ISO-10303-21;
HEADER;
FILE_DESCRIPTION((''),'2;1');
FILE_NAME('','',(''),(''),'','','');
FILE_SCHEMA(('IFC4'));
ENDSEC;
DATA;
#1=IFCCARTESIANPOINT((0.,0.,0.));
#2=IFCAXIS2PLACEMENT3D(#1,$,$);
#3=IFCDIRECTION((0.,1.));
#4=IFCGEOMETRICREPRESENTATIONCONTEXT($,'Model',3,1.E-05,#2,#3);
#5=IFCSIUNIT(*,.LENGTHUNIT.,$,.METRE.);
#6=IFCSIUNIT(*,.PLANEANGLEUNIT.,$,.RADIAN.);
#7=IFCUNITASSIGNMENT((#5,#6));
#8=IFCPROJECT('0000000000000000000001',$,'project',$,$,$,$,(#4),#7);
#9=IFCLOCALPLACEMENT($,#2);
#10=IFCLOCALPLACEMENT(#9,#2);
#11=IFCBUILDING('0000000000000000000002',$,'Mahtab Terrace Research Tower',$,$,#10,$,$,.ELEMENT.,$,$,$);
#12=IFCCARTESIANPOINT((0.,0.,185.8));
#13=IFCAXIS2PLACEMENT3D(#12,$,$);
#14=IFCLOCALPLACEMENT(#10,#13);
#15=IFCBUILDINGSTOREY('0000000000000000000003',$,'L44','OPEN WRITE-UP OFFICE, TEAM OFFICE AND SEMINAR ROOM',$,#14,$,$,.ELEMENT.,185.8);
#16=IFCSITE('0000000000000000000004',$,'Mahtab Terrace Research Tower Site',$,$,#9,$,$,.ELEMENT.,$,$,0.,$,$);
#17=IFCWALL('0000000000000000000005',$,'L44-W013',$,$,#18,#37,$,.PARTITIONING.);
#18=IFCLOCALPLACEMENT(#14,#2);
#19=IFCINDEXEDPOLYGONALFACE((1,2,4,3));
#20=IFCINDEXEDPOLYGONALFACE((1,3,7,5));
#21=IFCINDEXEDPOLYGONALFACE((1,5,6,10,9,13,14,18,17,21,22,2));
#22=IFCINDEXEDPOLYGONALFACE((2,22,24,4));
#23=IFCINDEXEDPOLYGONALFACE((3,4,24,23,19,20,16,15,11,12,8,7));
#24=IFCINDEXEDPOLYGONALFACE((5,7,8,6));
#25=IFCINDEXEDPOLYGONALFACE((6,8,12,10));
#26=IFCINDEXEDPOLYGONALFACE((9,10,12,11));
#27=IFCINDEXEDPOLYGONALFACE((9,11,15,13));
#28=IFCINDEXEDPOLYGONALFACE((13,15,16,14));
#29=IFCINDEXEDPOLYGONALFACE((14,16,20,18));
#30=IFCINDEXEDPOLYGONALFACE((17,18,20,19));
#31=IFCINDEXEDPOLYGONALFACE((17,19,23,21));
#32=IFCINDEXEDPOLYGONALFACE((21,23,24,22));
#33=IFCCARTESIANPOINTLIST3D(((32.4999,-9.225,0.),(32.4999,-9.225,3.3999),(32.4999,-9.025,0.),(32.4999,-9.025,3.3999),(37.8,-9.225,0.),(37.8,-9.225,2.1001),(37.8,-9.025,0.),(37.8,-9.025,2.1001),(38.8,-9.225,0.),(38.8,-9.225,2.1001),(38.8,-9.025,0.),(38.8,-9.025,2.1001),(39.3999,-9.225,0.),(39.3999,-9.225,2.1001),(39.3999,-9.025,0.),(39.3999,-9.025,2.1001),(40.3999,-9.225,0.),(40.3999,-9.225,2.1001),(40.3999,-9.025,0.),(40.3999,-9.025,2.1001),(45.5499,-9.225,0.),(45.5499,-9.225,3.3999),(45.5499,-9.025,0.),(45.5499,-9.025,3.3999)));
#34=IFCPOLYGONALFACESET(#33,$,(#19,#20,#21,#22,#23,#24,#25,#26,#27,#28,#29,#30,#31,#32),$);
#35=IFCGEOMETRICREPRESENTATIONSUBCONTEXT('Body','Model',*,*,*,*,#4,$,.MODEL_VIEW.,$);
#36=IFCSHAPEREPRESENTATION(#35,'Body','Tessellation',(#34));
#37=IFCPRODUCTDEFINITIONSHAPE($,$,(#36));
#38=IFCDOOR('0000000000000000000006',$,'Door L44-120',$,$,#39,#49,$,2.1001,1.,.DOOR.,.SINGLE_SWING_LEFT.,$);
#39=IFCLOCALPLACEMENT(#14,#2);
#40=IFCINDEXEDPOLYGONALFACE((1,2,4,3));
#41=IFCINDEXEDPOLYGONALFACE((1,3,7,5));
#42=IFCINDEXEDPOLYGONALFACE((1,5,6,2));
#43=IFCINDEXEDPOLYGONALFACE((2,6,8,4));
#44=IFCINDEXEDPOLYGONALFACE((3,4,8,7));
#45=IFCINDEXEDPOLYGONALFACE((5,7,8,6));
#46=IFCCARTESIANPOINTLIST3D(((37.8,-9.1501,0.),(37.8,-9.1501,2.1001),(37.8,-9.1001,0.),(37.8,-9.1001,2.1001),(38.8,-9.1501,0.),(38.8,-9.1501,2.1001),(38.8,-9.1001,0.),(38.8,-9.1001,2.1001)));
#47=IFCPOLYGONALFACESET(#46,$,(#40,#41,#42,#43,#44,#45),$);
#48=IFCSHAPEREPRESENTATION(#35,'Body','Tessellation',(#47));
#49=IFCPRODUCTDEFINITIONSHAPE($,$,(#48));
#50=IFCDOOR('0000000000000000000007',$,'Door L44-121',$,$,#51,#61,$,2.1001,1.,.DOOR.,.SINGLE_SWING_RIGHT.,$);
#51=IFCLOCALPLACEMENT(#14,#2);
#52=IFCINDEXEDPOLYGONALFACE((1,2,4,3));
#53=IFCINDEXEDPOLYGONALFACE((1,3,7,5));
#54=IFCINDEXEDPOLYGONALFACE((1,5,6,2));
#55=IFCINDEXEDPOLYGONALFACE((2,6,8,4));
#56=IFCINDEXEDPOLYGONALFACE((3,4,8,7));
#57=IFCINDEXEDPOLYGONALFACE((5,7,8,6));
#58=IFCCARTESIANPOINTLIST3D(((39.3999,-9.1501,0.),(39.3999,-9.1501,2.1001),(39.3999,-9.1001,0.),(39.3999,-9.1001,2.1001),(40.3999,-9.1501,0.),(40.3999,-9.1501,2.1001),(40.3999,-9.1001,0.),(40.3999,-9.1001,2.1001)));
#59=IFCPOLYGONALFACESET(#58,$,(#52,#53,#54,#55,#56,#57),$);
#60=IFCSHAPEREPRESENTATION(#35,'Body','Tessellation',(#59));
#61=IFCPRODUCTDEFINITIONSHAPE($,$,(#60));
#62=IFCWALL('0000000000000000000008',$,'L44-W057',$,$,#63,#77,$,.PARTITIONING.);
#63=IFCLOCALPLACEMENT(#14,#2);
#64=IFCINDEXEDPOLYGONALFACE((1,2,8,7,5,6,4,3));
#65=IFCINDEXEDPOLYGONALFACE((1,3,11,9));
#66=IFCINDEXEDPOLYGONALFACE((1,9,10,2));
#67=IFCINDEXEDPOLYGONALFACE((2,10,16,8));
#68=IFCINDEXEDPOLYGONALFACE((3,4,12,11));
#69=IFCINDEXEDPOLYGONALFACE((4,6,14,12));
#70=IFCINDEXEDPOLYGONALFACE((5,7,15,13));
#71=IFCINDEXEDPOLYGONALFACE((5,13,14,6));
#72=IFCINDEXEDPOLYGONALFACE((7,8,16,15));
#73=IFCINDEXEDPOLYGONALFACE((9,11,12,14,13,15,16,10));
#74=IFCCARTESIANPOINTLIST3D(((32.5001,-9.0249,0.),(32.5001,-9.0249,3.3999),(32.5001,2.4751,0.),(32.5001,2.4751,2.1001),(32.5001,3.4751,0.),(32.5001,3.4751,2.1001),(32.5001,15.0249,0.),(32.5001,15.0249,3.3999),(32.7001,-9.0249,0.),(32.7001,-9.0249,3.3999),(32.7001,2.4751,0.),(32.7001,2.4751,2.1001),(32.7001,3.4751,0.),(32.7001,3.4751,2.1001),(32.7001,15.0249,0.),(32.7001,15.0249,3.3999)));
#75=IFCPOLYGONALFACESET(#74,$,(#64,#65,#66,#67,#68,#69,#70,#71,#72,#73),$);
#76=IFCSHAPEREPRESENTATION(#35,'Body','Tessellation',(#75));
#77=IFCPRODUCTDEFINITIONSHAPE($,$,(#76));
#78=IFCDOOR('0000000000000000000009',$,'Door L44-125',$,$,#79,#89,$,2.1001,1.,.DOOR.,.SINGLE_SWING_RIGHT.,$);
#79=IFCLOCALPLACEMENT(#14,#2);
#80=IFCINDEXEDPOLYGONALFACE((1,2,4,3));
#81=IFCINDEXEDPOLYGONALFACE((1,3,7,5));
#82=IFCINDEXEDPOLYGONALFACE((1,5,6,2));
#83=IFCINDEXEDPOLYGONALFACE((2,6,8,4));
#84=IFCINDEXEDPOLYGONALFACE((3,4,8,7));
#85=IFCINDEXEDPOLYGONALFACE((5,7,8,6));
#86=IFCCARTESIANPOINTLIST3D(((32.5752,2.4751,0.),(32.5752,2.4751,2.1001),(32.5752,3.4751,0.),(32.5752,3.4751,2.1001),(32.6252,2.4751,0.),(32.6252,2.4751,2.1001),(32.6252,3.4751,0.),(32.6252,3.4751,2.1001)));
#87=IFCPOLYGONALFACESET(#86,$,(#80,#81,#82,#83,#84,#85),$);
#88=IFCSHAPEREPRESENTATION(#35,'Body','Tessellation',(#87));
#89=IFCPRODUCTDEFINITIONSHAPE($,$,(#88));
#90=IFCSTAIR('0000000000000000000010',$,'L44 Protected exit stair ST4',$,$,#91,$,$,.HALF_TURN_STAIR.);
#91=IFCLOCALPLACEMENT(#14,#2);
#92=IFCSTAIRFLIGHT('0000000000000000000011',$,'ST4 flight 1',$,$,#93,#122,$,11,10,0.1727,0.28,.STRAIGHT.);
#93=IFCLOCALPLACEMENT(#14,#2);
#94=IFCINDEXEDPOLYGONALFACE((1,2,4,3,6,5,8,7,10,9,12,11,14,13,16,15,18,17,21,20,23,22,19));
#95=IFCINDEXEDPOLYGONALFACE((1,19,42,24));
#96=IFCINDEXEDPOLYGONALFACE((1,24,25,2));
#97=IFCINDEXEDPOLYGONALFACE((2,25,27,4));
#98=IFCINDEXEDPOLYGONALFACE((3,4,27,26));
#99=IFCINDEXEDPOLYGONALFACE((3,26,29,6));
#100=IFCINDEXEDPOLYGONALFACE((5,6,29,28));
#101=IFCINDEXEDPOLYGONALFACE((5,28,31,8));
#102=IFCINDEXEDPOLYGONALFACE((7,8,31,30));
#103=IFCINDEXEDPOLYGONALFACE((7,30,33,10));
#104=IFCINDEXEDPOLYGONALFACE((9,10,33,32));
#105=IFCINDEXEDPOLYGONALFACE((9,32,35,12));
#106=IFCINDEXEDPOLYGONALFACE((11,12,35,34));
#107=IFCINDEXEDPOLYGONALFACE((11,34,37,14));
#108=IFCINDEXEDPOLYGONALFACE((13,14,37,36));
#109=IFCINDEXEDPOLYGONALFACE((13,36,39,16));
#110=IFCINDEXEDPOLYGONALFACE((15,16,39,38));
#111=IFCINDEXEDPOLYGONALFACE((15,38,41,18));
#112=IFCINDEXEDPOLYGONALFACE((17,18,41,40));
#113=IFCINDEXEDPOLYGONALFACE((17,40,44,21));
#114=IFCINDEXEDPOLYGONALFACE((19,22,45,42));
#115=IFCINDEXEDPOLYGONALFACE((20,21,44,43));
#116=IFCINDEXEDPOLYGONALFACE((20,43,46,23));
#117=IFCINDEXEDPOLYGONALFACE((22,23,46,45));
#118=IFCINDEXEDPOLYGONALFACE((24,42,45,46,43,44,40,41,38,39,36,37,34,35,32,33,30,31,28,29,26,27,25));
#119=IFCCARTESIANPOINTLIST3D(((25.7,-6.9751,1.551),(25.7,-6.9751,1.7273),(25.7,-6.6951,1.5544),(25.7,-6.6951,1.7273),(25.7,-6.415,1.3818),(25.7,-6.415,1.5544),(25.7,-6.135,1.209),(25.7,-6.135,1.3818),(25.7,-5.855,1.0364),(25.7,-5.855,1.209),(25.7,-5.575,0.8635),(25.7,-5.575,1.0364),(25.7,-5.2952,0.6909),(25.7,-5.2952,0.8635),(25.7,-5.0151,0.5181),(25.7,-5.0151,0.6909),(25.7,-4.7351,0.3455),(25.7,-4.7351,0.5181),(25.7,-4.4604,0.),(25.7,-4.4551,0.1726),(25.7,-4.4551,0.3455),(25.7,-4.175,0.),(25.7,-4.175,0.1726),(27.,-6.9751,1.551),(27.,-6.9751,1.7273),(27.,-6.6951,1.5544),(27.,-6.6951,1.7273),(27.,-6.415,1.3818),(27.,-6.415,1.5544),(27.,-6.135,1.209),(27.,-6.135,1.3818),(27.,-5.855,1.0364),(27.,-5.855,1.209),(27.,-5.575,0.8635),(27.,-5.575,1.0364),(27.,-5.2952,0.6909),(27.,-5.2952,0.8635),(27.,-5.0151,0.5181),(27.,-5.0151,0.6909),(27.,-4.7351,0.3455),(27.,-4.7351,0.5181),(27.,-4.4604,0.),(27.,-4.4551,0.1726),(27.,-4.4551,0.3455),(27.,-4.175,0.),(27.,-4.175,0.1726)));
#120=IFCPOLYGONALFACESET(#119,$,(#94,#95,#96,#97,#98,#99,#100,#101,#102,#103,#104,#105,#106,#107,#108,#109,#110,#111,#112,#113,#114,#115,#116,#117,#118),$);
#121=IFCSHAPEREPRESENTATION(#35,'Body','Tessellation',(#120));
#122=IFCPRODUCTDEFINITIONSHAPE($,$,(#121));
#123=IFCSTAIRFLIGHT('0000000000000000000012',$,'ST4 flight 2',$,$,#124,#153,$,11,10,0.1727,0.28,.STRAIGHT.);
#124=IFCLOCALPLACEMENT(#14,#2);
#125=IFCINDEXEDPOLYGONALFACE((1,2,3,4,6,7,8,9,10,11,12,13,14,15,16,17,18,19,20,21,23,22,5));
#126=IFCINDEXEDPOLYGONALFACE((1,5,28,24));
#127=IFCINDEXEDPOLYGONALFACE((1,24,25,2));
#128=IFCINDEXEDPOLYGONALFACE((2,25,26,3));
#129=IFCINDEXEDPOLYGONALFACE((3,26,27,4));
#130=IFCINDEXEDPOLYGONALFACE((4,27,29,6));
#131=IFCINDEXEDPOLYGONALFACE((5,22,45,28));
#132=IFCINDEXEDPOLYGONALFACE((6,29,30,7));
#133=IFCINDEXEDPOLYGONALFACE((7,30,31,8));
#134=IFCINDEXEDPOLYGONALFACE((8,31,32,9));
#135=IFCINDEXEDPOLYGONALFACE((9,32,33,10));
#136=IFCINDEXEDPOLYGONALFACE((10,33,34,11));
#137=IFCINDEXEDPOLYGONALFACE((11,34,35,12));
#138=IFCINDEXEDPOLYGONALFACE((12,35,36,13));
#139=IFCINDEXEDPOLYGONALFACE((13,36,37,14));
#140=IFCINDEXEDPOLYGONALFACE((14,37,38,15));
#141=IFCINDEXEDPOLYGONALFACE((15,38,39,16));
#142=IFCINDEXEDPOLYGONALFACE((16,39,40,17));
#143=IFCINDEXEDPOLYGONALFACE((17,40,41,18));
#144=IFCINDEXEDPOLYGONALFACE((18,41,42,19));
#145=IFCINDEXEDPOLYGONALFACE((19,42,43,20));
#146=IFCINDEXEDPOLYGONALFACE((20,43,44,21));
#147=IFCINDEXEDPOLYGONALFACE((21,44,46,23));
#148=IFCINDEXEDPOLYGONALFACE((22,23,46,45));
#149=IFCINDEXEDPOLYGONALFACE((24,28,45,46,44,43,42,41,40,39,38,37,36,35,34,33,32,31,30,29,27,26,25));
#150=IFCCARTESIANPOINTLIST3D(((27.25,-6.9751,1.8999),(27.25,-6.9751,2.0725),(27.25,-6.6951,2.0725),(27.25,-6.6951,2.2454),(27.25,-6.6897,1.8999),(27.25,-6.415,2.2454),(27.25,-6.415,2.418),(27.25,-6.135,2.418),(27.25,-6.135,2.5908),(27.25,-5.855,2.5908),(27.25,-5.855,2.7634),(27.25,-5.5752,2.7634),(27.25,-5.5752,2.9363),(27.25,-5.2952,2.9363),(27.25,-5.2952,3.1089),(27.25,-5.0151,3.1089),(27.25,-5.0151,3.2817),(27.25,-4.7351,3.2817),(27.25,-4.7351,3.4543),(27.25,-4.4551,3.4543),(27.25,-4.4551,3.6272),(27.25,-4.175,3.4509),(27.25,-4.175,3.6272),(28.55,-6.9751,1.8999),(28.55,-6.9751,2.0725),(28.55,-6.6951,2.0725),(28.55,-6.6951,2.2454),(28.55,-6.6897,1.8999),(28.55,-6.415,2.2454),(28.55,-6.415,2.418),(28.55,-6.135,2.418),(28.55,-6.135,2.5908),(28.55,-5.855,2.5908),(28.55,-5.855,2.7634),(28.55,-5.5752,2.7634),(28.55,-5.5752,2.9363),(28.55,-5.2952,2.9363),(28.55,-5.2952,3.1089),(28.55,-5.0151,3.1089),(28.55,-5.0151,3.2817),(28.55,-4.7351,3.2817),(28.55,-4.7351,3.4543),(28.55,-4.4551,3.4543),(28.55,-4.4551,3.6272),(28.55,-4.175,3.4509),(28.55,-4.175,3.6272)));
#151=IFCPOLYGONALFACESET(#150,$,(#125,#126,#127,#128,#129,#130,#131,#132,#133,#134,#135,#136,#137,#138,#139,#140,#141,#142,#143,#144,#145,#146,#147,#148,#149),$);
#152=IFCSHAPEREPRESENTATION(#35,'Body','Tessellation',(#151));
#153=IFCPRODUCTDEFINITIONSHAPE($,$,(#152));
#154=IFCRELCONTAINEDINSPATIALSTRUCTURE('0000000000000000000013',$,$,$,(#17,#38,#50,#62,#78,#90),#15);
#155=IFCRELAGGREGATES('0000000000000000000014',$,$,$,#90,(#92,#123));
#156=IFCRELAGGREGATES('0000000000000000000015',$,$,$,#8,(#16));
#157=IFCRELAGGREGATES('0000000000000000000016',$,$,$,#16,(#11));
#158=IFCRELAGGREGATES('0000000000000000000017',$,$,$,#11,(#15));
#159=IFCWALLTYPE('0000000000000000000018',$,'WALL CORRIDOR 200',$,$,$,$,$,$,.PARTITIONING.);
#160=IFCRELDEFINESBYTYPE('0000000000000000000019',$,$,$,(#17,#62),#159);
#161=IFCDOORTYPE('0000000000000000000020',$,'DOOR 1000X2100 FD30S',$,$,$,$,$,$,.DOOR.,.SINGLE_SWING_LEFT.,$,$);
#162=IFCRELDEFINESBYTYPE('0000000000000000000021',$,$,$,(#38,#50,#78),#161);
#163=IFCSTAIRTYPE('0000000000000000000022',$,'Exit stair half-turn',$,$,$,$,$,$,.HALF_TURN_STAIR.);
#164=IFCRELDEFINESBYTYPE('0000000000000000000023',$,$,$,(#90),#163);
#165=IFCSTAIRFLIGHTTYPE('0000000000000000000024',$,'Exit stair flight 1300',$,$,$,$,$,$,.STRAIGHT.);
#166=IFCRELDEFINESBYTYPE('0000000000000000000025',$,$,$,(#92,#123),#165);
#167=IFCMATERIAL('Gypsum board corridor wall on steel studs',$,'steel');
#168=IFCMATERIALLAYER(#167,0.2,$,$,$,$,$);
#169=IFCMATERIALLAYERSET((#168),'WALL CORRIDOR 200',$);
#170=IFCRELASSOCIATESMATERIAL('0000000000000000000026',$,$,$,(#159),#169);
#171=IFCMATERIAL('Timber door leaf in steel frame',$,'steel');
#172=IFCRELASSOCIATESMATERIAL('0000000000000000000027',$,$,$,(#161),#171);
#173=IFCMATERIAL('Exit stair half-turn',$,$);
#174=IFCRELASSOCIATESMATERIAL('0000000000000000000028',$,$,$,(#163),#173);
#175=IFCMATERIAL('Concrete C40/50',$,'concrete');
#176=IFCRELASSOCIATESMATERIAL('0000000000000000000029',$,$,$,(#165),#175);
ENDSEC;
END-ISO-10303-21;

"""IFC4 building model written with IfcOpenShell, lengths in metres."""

from ifc_helpers import new_model, si_unit, direction, frame, frame_2d, origin, place, context, subcontext, project, spatial, polyline, rectangle, outline, extrude, material, layer, layer_set, type_object, element, fill, aggregate, save


model = new_model("IFC4")

# Units and contexts
model_context = context("Model", 3, precision=1e-05, world=origin(), true_north=direction((0.0, 1.0)))
body_context = subcontext(model_context, "Body", "Model", "MODEL_VIEW")
ifc_project = project(units=[si_unit("LENGTHUNIT", "METRE"), si_unit("PLANEANGLEUNIT", "RADIAN")], contexts=[model_context])

# Site, building, storey
site_placement = place(None, origin())
site = spatial("IfcSite", under=ifc_project, at=site_placement, Name="Mahtab Terrace Research Tower Site", CompositionType="ELEMENT", RefElevation=0.0)
building_placement = place(site_placement, origin())
building = spatial("IfcBuilding", under=site, at=building_placement, Name="Mahtab Terrace Research Tower", CompositionType="ELEMENT")
storey_placement = place(building_placement, frame((0.0, 0.0, 185.8)))
storey = spatial("IfcBuildingStorey", under=building, at=storey_placement, Name="L44", Description="OPEN WRITE-UP OFFICE, TEAM OFFICE AND SEMINAR ROOM", CompositionType="ELEMENT", Elevation=185.8)

# Wall, openings, doors
ifc_material_1 = material(Name="Gypsum board corridor wall on steel studs", Category="steel")
ifc_layer_1 = layer(ifc_material_1, 0.2)
ifc_layer_set_1 = layer_set([ifc_layer_1], Name="WALL CORRIDOR 200")
wall_type_1 = type_object("IfcWallType", Name="WALL CORRIDOR 200", PredefinedType="PARTITIONING", material=ifc_layer_set_1)
wall_1_placement = place(storey_placement, frame((32.5, -9.125, 0.0), z_axis=(0.0, 0.0, 1.0), x_axis=(1.0, 0.0, 0.0)))
wall_1 = element("IfcWall", 1, at=wall_1_placement, inside=storey, type_object=wall_type_1, Name="L44-W013", PredefinedType="PARTITIONING", context=body_context, shape_type="SweptSolid", body=[
    extrude(rectangle(XDim=13.05, YDim=0.2, at=frame_2d((6.5249, 0.0))), origin(), (0.0, 0.0, 1.0), 3.3999),
])
opening_1_placement = place(wall_1_placement, frame((5.3, 0.0, 0.0)))
opening_1 = element("IfcOpeningElement", 2, at=opening_1_placement, cuts=wall_1, PredefinedType="OPENING", context=body_context, shape_type="SweptSolid", body=[
    extrude(rectangle(XDim=1.0, YDim=2.1001, at=frame_2d((0.5, 1.05))), frame((0.0, 0.1099, 0.0), z_axis=(0.0, -1.0, 0.0), x_axis=(1.0, 0.0, 0.0)), (0.0, 0.0, 1.0), 0.22),
])
opening_2_placement = place(wall_1_placement, frame((6.8999, 0.0, 0.0)))
opening_2 = element("IfcOpeningElement", 3, at=opening_2_placement, cuts=wall_1, PredefinedType="OPENING", context=body_context, shape_type="SweptSolid", body=[
    extrude(rectangle(XDim=1.0, YDim=2.1001, at=frame_2d((0.5, 1.05))), frame((0.0, 0.1099, 0.0), z_axis=(0.0, -1.0, 0.0), x_axis=(1.0, 0.0, 0.0)), (0.0, 0.0, 1.0), 0.22),
])
ifc_material_2 = material(Name="Timber door leaf in steel frame", Category="steel")
door_type_1 = type_object("IfcDoorType", Name="DOOR 1000X2100 FD30S", OperationType="SINGLE_SWING_LEFT", PredefinedType="DOOR", material=ifc_material_2)
door_1_placement = place(opening_1_placement, origin())
door_1 = element("IfcDoor", 4, at=door_1_placement, inside=storey, type_object=door_type_1, Name="Door L44-120", OperationType="SINGLE_SWING_LEFT", OverallHeight=2.1001, OverallWidth=1.0, PredefinedType="DOOR", context=body_context, shape_type="SweptSolid", body=[
    extrude(rectangle(XDim=1.0, YDim=2.1001, at=frame_2d((0.5, 1.05))), frame((0.0, 0.0249, 0.0), z_axis=(0.0, -1.0, 0.0), x_axis=(1.0, 0.0, 0.0)), (0.0, 0.0, 1.0), 0.05),
])
fill(opening_1, door_1)
door_2_placement = place(opening_2_placement, origin())
door_2 = element("IfcDoor", 5, at=door_2_placement, inside=storey, type_object=door_type_1, Name="Door L44-121", OperationType="SINGLE_SWING_RIGHT", OverallHeight=2.1001, OverallWidth=1.0, PredefinedType="DOOR", context=body_context, shape_type="SweptSolid", body=[
    extrude(rectangle(XDim=1.0, YDim=2.1001, at=frame_2d((0.5, 1.05))), frame((0.0, 0.0249, 0.0), z_axis=(0.0, -1.0, 0.0), x_axis=(1.0, 0.0, 0.0)), (0.0, 0.0, 1.0), 0.05),
])
fill(opening_2, door_2)

# Wall, opening, door
wall_2_placement = place(storey_placement, frame((32.6001, -9.0249, 0.0), z_axis=(0.0, 0.0, 1.0), x_axis=(0.0, 1.0, 0.0)))
wall_2 = element("IfcWall", 6, at=wall_2_placement, inside=storey, type_object=wall_type_1, Name="L44-W057", PredefinedType="PARTITIONING", context=body_context, shape_type="SweptSolid", body=[
    extrude(rectangle(XDim=24.0498, YDim=0.2, at=frame_2d((12.0249, 0.0))), origin(), (0.0, 0.0, 1.0), 3.3999),
])
opening_3_placement = place(wall_2_placement, frame((11.5, 0.0, 0.0)))
opening_3 = element("IfcOpeningElement", 7, at=opening_3_placement, cuts=wall_2, PredefinedType="OPENING", context=body_context, shape_type="SweptSolid", body=[
    extrude(rectangle(XDim=1.0, YDim=2.1001, at=frame_2d((0.5, 1.05))), frame((0.0, 0.1099, 0.0), z_axis=(0.0, -1.0, 0.0), x_axis=(1.0, 0.0, 0.0)), (0.0, 0.0, 1.0), 0.22),
])
door_3_placement = place(opening_3_placement, origin())
door_3 = element("IfcDoor", 8, at=door_3_placement, inside=storey, type_object=door_type_1, Name="Door L44-125", OperationType="SINGLE_SWING_RIGHT", OverallHeight=2.1001, OverallWidth=1.0, PredefinedType="DOOR", context=body_context, shape_type="SweptSolid", body=[
    extrude(rectangle(XDim=1.0, YDim=2.1001, at=frame_2d((0.5, 1.05))), frame((0.0, 0.0249, 0.0), z_axis=(0.0, -1.0, 0.0), x_axis=(1.0, 0.0, 0.0)), (0.0, 0.0, 1.0), 0.05),
])
fill(opening_3, door_3)

# Stair, stair flights
ifc_material_3 = material(Name="Exit stair half-turn")
stair_type = type_object("IfcStairType", Name="Exit stair half-turn", PredefinedType="HALF_TURN_STAIR", material=ifc_material_3)
stair_placement = place(storey_placement, origin())
stair = element("IfcStair", 9, at=stair_placement, inside=storey, type_object=stair_type, Name="L44 Protected exit stair ST4", PredefinedType="HALF_TURN_STAIR")
ifc_material_4 = material(Name="Concrete C40/50", Category="concrete")
stair_flight_type = type_object("IfcStairFlightType", Name="Exit stair flight 1300", PredefinedType="STRAIGHT", material=ifc_material_4)
stair_flight_1_placement = place(storey_placement, frame((26.3501, -4.175, 0.0), z_axis=(0.0, 0.0, 1.0), x_axis=(0.0, -1.0, 0.0)))
stair_flight_1 = element("IfcStairFlight", 10, at=stair_flight_1_placement, type_object=stair_flight_type, Name="ST4 flight 1", NumberOfRisers=11, NumberOfTreads=10, PredefinedType="STRAIGHT", RiserHeight=0.1727, TreadLength=0.28, context=body_context, shape_type="SweptSolid", body=[
    extrude(outline(polyline([(0.0, 0.0), (0.0, 0.1726), (0.28, 0.1726), (0.28, 0.3455), (0.5601, 0.3455), (0.5601, 0.5181), (0.8401, 0.5181), (0.8401, 0.6909), (1.1201, 0.6909), (1.1201, 0.8635), (1.3999, 0.8635), (1.3999, 1.0364), (1.6799, 1.0364), (1.6799, 1.209), (1.96, 1.209), (1.96, 1.3818), (2.24, 1.3818), (2.24, 1.5544), (2.52, 1.5544), (2.52, 1.7273), (2.8, 1.7273), (2.8, 1.8999), (2.8, 1.551), (0.2854, 0.0), (0.0, 0.0)])), frame((0.0, 0.6499, 0.0), z_axis=(0.0, -1.0, 0.0), x_axis=(1.0, 0.0, 0.0)), (0.0, 0.0, 1.0), 1.3),
])
stair_flight_2_placement = place(storey_placement, frame((27.8999, -6.9751, 1.8999), z_axis=(0.0, 0.0, 1.0), x_axis=(0.0, 1.0, 0.0)))
stair_flight_2 = element("IfcStairFlight", 11, at=stair_flight_2_placement, type_object=stair_flight_type, Name="ST4 flight 2", NumberOfRisers=11, NumberOfTreads=10, PredefinedType="STRAIGHT", RiserHeight=0.1727, TreadLength=0.28, context=body_context, shape_type="SweptSolid", body=[
    extrude(outline(polyline([(0.0, 0.0), (0.0, 0.1726), (0.28, 0.1726), (0.28, 0.3455), (0.5601, 0.3455), (0.5601, 0.5181), (0.8401, 0.5181), (0.8401, 0.6909), (1.1201, 0.6909), (1.1201, 0.8635), (1.3999, 0.8635), (1.3999, 1.0364), (1.6799, 1.0364), (1.6799, 1.209), (1.96, 1.209), (1.96, 1.3818), (2.24, 1.3818), (2.24, 1.5544), (2.52, 1.5544), (2.52, 1.7273), (2.8, 1.7273), (2.8, 1.8999), (2.8, 1.551), (0.2854, 0.0), (0.0, 0.0)])), frame((0.0, 0.6499, 0.0), z_axis=(0.0, -1.0, 0.0), x_axis=(1.0, 0.0, 0.0)), (0.0, 0.0, 1.0), 1.3),
])
aggregate(stair, [stair_flight_1, stair_flight_2])

save(model, "model.ifc")
